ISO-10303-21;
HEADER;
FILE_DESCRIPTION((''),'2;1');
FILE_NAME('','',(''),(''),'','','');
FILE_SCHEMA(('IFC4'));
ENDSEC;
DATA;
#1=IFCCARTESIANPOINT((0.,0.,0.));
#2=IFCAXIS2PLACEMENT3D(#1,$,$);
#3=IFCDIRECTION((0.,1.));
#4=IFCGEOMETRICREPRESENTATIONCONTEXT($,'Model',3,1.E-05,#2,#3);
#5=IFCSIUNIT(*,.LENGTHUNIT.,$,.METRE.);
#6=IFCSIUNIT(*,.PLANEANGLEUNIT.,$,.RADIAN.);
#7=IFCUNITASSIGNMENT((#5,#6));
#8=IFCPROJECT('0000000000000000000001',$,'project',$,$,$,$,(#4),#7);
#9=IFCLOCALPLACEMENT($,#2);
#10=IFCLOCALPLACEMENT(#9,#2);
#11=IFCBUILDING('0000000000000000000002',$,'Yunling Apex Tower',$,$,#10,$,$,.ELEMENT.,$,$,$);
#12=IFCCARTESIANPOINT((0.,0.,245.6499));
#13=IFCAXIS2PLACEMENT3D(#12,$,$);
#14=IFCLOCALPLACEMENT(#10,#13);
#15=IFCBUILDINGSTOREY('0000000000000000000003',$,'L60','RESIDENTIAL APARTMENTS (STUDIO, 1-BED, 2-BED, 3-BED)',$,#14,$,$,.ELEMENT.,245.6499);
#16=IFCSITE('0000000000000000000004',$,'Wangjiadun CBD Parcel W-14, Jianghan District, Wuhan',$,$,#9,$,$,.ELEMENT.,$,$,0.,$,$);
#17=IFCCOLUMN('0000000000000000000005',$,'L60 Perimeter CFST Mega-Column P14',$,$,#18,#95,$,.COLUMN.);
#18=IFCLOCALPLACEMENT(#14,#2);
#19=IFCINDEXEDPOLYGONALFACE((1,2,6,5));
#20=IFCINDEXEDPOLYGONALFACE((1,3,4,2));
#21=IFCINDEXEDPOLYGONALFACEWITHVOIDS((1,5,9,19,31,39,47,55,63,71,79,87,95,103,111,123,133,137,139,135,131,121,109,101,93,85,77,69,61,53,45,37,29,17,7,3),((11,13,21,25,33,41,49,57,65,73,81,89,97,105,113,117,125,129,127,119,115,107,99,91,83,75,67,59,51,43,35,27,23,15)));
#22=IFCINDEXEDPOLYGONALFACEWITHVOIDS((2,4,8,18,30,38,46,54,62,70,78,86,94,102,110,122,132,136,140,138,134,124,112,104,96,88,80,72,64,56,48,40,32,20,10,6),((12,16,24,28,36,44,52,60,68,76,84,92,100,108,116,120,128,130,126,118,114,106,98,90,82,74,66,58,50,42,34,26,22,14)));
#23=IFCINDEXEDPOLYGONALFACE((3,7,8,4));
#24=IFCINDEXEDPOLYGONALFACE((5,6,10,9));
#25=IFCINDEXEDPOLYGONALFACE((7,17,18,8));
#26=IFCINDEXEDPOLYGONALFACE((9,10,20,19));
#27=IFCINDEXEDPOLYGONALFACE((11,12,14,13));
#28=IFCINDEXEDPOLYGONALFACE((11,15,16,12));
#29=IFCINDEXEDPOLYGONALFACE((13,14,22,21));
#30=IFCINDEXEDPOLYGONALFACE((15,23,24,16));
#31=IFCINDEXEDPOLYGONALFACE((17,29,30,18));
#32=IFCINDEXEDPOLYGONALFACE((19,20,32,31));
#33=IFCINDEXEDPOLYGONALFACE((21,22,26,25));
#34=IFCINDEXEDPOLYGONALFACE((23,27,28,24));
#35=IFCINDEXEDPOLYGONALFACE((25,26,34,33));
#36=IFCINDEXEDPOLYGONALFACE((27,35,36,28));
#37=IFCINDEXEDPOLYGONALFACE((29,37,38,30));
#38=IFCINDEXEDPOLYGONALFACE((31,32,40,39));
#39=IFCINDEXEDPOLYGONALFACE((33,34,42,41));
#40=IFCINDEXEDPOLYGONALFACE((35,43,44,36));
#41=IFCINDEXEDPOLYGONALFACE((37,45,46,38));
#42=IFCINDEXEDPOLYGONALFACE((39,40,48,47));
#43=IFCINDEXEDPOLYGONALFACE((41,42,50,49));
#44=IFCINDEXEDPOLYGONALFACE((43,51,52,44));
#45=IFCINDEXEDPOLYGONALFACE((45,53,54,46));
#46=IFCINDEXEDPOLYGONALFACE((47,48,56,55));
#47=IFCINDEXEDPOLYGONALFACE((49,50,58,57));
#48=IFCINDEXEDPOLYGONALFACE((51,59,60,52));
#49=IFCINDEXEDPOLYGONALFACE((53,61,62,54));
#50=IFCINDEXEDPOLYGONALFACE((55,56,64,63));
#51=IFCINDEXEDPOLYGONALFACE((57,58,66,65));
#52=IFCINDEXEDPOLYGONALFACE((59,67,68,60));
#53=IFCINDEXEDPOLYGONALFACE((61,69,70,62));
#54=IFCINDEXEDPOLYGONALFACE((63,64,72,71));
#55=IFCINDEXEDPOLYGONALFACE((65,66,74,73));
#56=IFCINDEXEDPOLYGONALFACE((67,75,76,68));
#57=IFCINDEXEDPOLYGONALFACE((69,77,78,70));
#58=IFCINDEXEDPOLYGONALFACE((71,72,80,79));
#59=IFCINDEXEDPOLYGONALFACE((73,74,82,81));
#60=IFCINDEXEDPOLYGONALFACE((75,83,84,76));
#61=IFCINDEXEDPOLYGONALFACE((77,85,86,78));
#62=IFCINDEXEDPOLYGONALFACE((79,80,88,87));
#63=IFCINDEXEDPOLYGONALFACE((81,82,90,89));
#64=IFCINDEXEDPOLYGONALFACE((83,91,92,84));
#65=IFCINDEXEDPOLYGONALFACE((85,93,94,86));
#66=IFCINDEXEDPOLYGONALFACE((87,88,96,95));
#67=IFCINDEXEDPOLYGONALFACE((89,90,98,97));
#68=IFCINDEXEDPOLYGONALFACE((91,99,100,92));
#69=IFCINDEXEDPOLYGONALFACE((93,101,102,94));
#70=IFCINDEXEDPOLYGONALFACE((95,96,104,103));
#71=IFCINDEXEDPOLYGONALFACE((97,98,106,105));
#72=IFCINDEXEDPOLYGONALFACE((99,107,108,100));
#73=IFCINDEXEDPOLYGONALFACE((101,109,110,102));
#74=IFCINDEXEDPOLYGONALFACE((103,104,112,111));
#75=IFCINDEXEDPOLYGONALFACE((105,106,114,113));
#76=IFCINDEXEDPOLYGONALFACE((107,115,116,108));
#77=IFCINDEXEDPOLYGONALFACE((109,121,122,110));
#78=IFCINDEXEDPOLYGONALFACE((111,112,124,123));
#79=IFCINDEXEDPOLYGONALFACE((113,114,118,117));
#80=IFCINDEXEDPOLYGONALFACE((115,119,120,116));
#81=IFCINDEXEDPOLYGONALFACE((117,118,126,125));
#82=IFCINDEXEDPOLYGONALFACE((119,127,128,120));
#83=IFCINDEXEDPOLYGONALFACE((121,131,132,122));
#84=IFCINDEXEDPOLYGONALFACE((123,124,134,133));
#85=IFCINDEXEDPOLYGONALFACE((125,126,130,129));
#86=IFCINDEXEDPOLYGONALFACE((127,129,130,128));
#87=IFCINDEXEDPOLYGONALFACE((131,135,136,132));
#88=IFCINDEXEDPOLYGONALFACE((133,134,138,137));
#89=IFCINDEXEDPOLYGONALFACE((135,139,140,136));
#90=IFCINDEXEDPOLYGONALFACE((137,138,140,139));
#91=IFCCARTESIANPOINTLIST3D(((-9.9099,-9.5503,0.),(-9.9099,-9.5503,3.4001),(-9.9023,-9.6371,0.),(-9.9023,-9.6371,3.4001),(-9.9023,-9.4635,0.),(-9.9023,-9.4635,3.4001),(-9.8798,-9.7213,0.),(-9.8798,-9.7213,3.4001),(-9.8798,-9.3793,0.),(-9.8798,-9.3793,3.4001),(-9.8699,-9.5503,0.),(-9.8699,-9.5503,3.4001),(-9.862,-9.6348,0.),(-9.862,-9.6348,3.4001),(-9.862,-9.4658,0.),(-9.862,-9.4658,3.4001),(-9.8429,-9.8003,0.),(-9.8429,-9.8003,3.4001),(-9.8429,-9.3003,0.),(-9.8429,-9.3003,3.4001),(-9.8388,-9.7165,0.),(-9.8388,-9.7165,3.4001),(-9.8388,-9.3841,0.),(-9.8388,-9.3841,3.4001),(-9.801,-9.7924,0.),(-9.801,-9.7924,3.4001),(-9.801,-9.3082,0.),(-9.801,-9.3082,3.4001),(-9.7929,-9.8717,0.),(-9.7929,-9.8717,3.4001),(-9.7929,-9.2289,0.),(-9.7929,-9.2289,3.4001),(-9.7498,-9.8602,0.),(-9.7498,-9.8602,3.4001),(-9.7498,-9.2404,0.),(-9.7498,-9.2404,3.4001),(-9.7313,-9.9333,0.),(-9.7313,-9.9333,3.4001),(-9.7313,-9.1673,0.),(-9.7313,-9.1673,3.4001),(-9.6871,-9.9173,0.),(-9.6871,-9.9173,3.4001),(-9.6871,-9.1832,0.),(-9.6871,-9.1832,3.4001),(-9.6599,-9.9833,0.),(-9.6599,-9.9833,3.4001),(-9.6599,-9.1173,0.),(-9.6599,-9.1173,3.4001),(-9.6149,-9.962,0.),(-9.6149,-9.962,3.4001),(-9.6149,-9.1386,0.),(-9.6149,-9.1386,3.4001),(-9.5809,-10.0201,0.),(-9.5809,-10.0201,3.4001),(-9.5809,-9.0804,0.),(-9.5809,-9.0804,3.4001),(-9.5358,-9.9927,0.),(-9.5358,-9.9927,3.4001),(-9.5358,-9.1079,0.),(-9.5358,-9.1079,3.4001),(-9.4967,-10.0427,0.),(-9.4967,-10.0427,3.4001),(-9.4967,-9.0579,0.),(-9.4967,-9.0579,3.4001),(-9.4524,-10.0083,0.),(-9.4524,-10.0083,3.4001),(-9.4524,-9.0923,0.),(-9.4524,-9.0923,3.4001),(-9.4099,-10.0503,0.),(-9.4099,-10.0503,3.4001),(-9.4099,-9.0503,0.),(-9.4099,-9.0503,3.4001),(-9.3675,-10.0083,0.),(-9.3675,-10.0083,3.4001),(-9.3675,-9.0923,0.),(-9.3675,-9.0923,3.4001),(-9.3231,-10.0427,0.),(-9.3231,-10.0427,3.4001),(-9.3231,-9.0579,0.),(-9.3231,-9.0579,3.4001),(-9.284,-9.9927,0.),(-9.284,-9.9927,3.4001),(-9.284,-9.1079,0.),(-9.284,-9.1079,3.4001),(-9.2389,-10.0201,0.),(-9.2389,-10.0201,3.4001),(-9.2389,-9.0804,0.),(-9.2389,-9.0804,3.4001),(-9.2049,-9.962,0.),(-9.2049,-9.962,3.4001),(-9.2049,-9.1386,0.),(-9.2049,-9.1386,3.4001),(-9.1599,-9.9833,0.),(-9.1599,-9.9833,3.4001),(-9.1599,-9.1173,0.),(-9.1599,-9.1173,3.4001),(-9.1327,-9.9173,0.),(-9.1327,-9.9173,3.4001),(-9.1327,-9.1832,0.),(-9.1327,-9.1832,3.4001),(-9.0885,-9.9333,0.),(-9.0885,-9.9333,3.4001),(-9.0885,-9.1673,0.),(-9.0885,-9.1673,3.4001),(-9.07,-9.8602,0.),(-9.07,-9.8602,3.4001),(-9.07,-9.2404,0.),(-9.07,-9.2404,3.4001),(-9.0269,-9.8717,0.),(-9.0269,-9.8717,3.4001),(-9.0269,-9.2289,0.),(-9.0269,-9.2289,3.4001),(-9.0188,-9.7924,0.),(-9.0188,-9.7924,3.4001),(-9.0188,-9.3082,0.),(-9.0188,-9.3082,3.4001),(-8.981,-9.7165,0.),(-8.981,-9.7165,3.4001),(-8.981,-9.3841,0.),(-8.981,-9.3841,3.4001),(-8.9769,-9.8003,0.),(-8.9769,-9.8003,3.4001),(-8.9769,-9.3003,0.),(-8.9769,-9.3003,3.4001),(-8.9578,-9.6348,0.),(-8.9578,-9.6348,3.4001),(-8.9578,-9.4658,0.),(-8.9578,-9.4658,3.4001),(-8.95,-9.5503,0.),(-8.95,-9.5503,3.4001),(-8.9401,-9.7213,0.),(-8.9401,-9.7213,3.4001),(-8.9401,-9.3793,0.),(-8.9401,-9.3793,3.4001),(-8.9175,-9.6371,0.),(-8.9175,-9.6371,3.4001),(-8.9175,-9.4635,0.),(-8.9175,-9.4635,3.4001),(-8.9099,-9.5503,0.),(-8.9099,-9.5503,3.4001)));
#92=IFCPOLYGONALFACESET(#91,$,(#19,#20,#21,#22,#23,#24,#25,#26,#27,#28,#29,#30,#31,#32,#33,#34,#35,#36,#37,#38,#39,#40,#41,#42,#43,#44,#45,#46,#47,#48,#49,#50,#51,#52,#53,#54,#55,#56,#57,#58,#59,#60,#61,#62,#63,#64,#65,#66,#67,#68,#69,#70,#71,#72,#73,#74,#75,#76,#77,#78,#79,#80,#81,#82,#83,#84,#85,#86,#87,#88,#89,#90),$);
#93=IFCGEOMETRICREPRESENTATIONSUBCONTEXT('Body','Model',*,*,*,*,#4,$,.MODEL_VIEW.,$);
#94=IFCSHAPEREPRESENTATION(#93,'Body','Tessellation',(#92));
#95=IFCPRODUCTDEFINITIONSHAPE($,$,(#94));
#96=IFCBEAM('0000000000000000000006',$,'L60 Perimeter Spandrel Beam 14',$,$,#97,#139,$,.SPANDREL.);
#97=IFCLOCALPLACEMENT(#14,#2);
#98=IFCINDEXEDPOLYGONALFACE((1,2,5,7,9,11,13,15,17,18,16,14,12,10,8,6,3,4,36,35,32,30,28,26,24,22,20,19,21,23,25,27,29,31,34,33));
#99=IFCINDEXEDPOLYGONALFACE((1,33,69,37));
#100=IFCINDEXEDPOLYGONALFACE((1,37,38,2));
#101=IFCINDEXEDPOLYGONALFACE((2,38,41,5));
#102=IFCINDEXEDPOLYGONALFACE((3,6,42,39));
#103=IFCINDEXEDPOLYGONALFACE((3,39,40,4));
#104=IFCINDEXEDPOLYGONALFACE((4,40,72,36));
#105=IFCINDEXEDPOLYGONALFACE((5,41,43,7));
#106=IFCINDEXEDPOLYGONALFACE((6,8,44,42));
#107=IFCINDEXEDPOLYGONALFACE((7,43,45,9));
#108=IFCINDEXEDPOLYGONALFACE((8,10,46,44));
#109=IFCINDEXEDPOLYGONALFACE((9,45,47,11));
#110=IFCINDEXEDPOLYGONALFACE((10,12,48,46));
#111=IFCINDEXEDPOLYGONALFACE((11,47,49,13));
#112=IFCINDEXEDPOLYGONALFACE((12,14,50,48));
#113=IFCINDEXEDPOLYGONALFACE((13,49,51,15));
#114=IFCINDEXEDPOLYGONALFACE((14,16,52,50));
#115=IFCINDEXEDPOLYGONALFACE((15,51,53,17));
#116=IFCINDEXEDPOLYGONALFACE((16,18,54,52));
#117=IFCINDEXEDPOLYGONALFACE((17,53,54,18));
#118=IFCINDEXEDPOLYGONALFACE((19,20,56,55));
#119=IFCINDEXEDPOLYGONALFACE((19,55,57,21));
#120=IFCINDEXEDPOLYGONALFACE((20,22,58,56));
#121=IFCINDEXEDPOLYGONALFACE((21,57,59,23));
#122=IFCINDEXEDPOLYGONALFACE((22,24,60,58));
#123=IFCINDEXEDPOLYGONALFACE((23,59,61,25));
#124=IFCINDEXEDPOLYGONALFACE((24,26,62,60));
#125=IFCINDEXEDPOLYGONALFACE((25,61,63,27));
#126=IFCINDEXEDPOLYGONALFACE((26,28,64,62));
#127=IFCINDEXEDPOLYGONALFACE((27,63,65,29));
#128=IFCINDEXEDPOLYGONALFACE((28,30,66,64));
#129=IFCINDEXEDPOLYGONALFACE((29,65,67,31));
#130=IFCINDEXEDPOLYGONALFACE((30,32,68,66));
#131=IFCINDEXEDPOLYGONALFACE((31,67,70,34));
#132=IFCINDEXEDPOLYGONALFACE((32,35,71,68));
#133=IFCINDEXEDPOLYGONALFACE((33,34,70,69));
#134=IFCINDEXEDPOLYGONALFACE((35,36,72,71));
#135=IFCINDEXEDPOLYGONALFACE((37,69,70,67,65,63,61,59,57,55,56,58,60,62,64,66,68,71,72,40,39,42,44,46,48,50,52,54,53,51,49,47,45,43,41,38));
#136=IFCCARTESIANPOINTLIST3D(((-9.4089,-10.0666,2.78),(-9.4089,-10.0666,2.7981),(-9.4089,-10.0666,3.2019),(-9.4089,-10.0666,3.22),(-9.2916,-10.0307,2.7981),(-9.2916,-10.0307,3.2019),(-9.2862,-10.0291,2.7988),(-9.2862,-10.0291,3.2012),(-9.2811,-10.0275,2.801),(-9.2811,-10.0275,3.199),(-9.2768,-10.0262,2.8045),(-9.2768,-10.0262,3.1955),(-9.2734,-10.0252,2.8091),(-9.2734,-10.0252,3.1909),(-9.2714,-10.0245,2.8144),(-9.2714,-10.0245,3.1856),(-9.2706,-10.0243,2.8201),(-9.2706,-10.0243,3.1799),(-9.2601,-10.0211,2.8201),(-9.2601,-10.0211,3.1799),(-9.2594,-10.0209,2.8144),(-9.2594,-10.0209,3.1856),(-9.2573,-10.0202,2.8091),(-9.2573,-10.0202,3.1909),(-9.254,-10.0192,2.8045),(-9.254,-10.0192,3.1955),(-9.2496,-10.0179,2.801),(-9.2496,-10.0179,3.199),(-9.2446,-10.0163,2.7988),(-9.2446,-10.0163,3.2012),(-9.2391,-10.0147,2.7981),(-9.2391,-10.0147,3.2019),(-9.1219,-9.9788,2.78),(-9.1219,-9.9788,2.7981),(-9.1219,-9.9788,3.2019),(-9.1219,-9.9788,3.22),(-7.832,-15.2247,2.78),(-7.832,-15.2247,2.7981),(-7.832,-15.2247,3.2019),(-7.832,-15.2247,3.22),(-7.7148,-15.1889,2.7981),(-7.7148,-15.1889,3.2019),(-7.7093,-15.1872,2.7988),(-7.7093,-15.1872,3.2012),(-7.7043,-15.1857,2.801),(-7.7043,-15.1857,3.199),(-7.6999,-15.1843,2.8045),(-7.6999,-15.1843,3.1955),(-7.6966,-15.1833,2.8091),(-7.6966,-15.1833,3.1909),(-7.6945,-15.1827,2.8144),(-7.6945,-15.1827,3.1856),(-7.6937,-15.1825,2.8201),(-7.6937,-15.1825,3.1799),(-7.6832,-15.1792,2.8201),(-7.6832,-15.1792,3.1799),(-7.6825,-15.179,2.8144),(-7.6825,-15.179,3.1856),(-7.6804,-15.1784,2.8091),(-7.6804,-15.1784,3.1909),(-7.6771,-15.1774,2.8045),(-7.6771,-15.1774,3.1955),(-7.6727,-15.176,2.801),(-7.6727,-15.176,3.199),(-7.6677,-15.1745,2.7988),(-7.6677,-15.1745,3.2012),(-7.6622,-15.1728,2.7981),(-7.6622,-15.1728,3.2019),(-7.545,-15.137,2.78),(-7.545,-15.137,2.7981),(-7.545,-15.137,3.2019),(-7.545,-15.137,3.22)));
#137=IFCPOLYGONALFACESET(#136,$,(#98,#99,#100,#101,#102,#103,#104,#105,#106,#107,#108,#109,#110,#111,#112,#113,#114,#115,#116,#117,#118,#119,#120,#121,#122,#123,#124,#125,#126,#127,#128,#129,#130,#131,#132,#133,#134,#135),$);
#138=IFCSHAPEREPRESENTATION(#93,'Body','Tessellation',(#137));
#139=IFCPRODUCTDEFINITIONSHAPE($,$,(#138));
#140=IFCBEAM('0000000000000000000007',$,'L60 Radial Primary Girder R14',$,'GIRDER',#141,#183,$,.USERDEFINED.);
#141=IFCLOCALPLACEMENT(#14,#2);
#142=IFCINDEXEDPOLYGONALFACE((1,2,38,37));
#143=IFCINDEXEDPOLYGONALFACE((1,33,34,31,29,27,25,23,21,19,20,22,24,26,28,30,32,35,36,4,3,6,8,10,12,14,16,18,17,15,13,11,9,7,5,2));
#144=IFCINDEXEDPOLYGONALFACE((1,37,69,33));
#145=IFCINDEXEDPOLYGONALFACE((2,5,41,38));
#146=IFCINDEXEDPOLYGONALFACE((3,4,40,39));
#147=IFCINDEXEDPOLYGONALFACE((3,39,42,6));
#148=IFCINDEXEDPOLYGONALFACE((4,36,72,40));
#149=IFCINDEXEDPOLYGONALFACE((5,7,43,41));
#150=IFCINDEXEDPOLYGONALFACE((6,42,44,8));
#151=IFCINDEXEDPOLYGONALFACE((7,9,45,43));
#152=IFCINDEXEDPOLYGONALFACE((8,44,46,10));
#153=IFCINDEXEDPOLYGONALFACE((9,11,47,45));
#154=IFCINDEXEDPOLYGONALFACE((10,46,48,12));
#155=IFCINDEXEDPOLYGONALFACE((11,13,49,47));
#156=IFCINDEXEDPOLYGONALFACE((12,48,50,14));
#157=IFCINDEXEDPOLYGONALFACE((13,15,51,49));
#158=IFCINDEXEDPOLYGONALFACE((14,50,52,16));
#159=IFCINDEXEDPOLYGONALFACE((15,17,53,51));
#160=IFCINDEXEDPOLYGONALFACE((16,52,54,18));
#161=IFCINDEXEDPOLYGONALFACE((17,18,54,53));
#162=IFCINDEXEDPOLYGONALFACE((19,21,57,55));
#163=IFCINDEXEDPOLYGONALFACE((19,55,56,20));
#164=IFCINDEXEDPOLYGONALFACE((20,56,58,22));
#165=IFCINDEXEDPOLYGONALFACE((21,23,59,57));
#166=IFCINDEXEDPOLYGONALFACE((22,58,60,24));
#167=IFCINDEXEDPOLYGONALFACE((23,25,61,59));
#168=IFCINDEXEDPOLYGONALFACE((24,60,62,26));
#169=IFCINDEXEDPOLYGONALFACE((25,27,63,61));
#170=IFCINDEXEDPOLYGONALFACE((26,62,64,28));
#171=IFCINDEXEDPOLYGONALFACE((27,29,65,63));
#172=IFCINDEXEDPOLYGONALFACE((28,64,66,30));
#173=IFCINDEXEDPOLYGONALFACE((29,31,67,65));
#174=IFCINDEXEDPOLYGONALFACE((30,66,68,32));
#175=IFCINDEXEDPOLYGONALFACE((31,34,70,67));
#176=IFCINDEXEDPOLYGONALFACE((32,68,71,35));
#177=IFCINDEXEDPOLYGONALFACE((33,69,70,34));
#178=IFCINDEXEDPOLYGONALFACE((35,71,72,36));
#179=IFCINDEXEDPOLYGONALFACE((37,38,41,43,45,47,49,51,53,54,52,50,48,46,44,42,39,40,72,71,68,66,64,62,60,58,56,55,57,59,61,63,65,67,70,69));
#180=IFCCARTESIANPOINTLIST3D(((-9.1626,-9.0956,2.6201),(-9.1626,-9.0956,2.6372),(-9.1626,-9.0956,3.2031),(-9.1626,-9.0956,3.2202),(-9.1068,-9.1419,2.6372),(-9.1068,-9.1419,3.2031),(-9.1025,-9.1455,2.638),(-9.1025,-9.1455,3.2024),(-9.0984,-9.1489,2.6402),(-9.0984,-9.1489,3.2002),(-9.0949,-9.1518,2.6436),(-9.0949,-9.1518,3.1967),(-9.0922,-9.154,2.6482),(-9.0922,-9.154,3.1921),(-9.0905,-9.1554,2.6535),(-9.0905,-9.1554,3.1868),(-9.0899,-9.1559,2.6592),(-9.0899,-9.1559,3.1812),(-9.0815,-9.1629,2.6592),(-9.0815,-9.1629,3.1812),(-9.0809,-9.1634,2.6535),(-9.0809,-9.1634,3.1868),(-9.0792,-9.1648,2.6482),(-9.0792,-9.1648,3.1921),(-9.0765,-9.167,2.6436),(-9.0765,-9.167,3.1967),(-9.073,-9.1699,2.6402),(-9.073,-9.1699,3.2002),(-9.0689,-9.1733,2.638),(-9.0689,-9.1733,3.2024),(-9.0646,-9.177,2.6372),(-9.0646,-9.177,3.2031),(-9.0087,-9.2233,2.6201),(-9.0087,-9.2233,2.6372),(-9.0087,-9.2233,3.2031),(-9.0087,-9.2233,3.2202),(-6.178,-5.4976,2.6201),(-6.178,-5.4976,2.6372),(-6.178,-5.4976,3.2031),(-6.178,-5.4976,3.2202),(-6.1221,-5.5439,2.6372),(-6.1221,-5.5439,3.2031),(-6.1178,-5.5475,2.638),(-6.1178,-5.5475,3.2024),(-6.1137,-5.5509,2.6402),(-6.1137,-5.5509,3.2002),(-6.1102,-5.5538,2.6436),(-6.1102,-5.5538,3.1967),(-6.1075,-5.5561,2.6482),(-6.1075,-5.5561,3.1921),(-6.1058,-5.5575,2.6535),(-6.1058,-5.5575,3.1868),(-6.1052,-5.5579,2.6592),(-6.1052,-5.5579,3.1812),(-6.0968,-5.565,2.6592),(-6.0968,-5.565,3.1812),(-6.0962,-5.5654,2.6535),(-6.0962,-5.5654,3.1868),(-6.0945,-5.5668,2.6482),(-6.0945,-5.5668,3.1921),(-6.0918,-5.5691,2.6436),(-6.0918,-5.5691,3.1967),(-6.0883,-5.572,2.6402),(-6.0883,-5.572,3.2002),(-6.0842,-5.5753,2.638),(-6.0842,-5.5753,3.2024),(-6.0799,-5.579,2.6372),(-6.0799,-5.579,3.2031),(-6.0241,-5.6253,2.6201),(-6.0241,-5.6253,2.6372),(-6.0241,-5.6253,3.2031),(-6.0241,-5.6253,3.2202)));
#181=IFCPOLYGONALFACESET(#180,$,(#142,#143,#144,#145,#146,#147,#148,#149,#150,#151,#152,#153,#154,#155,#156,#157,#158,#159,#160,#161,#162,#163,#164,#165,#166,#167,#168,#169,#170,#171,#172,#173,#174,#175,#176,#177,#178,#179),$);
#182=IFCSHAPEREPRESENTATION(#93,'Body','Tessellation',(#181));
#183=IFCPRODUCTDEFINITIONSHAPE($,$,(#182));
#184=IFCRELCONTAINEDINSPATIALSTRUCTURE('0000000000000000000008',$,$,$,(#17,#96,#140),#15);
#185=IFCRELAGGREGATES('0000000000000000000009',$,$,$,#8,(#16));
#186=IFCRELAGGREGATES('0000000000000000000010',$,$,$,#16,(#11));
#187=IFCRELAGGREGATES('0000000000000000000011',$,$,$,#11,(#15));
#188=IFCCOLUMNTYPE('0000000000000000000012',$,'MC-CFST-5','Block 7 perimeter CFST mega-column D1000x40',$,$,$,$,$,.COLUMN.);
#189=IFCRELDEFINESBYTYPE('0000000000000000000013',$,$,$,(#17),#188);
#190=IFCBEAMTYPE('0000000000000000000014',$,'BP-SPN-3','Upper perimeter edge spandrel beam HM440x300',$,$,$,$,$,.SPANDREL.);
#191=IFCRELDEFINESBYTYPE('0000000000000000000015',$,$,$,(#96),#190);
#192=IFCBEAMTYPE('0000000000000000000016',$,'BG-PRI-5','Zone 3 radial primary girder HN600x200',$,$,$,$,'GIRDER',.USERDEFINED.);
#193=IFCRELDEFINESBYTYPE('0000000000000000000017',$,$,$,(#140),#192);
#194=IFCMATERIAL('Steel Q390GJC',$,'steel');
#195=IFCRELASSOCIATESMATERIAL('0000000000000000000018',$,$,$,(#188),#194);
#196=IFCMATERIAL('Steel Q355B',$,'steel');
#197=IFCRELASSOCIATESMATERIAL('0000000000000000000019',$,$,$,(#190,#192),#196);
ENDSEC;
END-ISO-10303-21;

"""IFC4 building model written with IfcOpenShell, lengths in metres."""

from ifc_helpers import new_model, si_unit, direction, frame, origin, origin_2d, place, context, subcontext, project, spatial, hollow_circle, i_section, extrude, source, transform, mapped, material, material_profile, profile_set, type_object, element, save


model = new_model("IFC4")

# Units and contexts
model_context = context("Model", 3, precision=1e-05, world=origin(), true_north=direction((0.0, 1.0)))
body_context = subcontext(model_context, "Body", "Model", "MODEL_VIEW")
ifc_project = project(units=[si_unit("LENGTHUNIT", "METRE"), si_unit("PLANEANGLEUNIT", "RADIAN")], contexts=[model_context])

# Site, building, storey
site_placement = place(None, origin())
site = spatial("IfcSite", under=ifc_project, at=site_placement, Name="Wangjiadun CBD Parcel W-14, Jianghan District, Wuhan", CompositionType="ELEMENT", RefElevation=0.0)
building_placement = place(site_placement, origin())
building = spatial("IfcBuilding", under=site, at=building_placement, Name="Yunling Apex Tower", CompositionType="ELEMENT")
storey_placement = place(building_placement, frame((0.0, 0.0, 245.6499)))
storey = spatial("IfcBuildingStorey", under=building, at=storey_placement, Name="L60", Description="RESIDENTIAL APARTMENTS (STUDIO, 1-BED, 2-BED, 3-BED)", CompositionType="ELEMENT", Elevation=245.6499)

# Column
ifc_material_1 = material(Name="Steel Q390GJC", Category="steel")
ifc_material_profile_1 = material_profile(ifc_material_1, hollow_circle(Radius=0.5, WallThickness=0.04, at=origin_2d()))
ifc_profile_set_1 = profile_set([ifc_material_profile_1], Name="Steel Q390GJC")
column_type = type_object("IfcColumnType", Name="MC-CFST-5", Description="Block 7 perimeter CFST mega-column D1000x40", PredefinedType="COLUMN", material=ifc_profile_set_1)
shared_shape_1 = source(origin(), body_context, "Body", "SweptSolid", [
    extrude(hollow_circle(Radius=0.5, WallThickness=0.04, at=origin_2d()), origin(), (0.0, 0.0, 1.0), 3.4001),
])
column_placement = place(storey_placement, frame((-9.4099, -9.5503, 0.0), z_axis=(0.0, 0.0, 1.0), x_axis=(1.0, 0.0, 0.0)))
element("IfcColumn", 1, at=column_placement, inside=storey, type_object=column_type, Name="L60 Perimeter CFST Mega-Column P14", PredefinedType="COLUMN", context=body_context, shape_type="MappedRepresentation", body=[
    mapped(shared_shape_1, transform((0.0, 0.0, 0.0), scale=1.0)),
])

# Beams
ifc_material_2 = material(Name="Steel Q355B", Category="steel")
ifc_material_profile_2 = material_profile(ifc_material_2, i_section(OverallWidth=0.3, OverallDepth=0.4399, WebThickness=0.011, FlangeThickness=0.0181, FilletRadius=0.022, at=origin_2d()))
ifc_profile_set_2 = profile_set([ifc_material_profile_2], Name="Steel Q355B")
beam_type_1 = type_object("IfcBeamType", Name="BP-SPN-3", Description="Upper perimeter edge spandrel beam HM440x300", PredefinedType="SPANDREL", material=ifc_profile_set_2)
shared_shape_2 = source(origin(), body_context, "Body", "SweptSolid", [
    extrude(i_section(OverallWidth=0.3, OverallDepth=0.4399, WebThickness=0.011, FlangeThickness=0.0181, FilletRadius=0.022, at=origin_2d()), origin(), (0.0, 0.0, 1.0), 5.3938),
])
beam_1_placement = place(storey_placement, frame((-9.2654, -10.0227, 3.0), z_axis=(0.292352, -0.956311, 0.0), x_axis=(0.956311, 0.292352, 0.0)))
element("IfcBeam", 2, at=beam_1_placement, inside=storey, type_object=beam_type_1, Name="L60 Perimeter Spandrel Beam 14", PredefinedType="SPANDREL", context=body_context, shape_type="MappedRepresentation", body=[
    mapped(shared_shape_2, transform((0.0, 0.0, 0.0), scale=1.0)),
])
ifc_material_profile_3 = material_profile(ifc_material_2, i_section(OverallWidth=0.2, OverallDepth=0.6001, WebThickness=0.011, FlangeThickness=0.0171, FilletRadius=0.022, at=origin_2d()))
ifc_profile_set_3 = profile_set([ifc_material_profile_3], Name="Steel Q355B")
beam_type_2 = type_object("IfcBeamType", Name="BG-PRI-5", Description="Zone 3 radial primary girder HN600x200", ElementType="GIRDER", PredefinedType="USERDEFINED", material=ifc_profile_set_3)
shared_shape_3 = source(origin(), body_context, "Body", "SweptSolid", [
    extrude(i_section(OverallWidth=0.2, OverallDepth=0.6001, WebThickness=0.011, FlangeThickness=0.0171, FilletRadius=0.022, at=origin_2d()), origin(), (0.0, 0.0, 1.0), 4.6748),
])
beam_2_placement = place(storey_placement, frame((-9.0857, -9.1594, 2.9202), z_axis=(0.638462, 0.769653, 0.0), x_axis=(-0.769653, 0.638462, 0.0)))
element("IfcBeam", 3, at=beam_2_placement, inside=storey, type_object=beam_type_2, Name="L60 Radial Primary Girder R14", ObjectType="GIRDER", PredefinedType="USERDEFINED", context=body_context, shape_type="MappedRepresentation", body=[
    mapped(shared_shape_3, transform((0.0, 0.0, 0.0), scale=1.0)),
])

save(model, "model.ifc")
